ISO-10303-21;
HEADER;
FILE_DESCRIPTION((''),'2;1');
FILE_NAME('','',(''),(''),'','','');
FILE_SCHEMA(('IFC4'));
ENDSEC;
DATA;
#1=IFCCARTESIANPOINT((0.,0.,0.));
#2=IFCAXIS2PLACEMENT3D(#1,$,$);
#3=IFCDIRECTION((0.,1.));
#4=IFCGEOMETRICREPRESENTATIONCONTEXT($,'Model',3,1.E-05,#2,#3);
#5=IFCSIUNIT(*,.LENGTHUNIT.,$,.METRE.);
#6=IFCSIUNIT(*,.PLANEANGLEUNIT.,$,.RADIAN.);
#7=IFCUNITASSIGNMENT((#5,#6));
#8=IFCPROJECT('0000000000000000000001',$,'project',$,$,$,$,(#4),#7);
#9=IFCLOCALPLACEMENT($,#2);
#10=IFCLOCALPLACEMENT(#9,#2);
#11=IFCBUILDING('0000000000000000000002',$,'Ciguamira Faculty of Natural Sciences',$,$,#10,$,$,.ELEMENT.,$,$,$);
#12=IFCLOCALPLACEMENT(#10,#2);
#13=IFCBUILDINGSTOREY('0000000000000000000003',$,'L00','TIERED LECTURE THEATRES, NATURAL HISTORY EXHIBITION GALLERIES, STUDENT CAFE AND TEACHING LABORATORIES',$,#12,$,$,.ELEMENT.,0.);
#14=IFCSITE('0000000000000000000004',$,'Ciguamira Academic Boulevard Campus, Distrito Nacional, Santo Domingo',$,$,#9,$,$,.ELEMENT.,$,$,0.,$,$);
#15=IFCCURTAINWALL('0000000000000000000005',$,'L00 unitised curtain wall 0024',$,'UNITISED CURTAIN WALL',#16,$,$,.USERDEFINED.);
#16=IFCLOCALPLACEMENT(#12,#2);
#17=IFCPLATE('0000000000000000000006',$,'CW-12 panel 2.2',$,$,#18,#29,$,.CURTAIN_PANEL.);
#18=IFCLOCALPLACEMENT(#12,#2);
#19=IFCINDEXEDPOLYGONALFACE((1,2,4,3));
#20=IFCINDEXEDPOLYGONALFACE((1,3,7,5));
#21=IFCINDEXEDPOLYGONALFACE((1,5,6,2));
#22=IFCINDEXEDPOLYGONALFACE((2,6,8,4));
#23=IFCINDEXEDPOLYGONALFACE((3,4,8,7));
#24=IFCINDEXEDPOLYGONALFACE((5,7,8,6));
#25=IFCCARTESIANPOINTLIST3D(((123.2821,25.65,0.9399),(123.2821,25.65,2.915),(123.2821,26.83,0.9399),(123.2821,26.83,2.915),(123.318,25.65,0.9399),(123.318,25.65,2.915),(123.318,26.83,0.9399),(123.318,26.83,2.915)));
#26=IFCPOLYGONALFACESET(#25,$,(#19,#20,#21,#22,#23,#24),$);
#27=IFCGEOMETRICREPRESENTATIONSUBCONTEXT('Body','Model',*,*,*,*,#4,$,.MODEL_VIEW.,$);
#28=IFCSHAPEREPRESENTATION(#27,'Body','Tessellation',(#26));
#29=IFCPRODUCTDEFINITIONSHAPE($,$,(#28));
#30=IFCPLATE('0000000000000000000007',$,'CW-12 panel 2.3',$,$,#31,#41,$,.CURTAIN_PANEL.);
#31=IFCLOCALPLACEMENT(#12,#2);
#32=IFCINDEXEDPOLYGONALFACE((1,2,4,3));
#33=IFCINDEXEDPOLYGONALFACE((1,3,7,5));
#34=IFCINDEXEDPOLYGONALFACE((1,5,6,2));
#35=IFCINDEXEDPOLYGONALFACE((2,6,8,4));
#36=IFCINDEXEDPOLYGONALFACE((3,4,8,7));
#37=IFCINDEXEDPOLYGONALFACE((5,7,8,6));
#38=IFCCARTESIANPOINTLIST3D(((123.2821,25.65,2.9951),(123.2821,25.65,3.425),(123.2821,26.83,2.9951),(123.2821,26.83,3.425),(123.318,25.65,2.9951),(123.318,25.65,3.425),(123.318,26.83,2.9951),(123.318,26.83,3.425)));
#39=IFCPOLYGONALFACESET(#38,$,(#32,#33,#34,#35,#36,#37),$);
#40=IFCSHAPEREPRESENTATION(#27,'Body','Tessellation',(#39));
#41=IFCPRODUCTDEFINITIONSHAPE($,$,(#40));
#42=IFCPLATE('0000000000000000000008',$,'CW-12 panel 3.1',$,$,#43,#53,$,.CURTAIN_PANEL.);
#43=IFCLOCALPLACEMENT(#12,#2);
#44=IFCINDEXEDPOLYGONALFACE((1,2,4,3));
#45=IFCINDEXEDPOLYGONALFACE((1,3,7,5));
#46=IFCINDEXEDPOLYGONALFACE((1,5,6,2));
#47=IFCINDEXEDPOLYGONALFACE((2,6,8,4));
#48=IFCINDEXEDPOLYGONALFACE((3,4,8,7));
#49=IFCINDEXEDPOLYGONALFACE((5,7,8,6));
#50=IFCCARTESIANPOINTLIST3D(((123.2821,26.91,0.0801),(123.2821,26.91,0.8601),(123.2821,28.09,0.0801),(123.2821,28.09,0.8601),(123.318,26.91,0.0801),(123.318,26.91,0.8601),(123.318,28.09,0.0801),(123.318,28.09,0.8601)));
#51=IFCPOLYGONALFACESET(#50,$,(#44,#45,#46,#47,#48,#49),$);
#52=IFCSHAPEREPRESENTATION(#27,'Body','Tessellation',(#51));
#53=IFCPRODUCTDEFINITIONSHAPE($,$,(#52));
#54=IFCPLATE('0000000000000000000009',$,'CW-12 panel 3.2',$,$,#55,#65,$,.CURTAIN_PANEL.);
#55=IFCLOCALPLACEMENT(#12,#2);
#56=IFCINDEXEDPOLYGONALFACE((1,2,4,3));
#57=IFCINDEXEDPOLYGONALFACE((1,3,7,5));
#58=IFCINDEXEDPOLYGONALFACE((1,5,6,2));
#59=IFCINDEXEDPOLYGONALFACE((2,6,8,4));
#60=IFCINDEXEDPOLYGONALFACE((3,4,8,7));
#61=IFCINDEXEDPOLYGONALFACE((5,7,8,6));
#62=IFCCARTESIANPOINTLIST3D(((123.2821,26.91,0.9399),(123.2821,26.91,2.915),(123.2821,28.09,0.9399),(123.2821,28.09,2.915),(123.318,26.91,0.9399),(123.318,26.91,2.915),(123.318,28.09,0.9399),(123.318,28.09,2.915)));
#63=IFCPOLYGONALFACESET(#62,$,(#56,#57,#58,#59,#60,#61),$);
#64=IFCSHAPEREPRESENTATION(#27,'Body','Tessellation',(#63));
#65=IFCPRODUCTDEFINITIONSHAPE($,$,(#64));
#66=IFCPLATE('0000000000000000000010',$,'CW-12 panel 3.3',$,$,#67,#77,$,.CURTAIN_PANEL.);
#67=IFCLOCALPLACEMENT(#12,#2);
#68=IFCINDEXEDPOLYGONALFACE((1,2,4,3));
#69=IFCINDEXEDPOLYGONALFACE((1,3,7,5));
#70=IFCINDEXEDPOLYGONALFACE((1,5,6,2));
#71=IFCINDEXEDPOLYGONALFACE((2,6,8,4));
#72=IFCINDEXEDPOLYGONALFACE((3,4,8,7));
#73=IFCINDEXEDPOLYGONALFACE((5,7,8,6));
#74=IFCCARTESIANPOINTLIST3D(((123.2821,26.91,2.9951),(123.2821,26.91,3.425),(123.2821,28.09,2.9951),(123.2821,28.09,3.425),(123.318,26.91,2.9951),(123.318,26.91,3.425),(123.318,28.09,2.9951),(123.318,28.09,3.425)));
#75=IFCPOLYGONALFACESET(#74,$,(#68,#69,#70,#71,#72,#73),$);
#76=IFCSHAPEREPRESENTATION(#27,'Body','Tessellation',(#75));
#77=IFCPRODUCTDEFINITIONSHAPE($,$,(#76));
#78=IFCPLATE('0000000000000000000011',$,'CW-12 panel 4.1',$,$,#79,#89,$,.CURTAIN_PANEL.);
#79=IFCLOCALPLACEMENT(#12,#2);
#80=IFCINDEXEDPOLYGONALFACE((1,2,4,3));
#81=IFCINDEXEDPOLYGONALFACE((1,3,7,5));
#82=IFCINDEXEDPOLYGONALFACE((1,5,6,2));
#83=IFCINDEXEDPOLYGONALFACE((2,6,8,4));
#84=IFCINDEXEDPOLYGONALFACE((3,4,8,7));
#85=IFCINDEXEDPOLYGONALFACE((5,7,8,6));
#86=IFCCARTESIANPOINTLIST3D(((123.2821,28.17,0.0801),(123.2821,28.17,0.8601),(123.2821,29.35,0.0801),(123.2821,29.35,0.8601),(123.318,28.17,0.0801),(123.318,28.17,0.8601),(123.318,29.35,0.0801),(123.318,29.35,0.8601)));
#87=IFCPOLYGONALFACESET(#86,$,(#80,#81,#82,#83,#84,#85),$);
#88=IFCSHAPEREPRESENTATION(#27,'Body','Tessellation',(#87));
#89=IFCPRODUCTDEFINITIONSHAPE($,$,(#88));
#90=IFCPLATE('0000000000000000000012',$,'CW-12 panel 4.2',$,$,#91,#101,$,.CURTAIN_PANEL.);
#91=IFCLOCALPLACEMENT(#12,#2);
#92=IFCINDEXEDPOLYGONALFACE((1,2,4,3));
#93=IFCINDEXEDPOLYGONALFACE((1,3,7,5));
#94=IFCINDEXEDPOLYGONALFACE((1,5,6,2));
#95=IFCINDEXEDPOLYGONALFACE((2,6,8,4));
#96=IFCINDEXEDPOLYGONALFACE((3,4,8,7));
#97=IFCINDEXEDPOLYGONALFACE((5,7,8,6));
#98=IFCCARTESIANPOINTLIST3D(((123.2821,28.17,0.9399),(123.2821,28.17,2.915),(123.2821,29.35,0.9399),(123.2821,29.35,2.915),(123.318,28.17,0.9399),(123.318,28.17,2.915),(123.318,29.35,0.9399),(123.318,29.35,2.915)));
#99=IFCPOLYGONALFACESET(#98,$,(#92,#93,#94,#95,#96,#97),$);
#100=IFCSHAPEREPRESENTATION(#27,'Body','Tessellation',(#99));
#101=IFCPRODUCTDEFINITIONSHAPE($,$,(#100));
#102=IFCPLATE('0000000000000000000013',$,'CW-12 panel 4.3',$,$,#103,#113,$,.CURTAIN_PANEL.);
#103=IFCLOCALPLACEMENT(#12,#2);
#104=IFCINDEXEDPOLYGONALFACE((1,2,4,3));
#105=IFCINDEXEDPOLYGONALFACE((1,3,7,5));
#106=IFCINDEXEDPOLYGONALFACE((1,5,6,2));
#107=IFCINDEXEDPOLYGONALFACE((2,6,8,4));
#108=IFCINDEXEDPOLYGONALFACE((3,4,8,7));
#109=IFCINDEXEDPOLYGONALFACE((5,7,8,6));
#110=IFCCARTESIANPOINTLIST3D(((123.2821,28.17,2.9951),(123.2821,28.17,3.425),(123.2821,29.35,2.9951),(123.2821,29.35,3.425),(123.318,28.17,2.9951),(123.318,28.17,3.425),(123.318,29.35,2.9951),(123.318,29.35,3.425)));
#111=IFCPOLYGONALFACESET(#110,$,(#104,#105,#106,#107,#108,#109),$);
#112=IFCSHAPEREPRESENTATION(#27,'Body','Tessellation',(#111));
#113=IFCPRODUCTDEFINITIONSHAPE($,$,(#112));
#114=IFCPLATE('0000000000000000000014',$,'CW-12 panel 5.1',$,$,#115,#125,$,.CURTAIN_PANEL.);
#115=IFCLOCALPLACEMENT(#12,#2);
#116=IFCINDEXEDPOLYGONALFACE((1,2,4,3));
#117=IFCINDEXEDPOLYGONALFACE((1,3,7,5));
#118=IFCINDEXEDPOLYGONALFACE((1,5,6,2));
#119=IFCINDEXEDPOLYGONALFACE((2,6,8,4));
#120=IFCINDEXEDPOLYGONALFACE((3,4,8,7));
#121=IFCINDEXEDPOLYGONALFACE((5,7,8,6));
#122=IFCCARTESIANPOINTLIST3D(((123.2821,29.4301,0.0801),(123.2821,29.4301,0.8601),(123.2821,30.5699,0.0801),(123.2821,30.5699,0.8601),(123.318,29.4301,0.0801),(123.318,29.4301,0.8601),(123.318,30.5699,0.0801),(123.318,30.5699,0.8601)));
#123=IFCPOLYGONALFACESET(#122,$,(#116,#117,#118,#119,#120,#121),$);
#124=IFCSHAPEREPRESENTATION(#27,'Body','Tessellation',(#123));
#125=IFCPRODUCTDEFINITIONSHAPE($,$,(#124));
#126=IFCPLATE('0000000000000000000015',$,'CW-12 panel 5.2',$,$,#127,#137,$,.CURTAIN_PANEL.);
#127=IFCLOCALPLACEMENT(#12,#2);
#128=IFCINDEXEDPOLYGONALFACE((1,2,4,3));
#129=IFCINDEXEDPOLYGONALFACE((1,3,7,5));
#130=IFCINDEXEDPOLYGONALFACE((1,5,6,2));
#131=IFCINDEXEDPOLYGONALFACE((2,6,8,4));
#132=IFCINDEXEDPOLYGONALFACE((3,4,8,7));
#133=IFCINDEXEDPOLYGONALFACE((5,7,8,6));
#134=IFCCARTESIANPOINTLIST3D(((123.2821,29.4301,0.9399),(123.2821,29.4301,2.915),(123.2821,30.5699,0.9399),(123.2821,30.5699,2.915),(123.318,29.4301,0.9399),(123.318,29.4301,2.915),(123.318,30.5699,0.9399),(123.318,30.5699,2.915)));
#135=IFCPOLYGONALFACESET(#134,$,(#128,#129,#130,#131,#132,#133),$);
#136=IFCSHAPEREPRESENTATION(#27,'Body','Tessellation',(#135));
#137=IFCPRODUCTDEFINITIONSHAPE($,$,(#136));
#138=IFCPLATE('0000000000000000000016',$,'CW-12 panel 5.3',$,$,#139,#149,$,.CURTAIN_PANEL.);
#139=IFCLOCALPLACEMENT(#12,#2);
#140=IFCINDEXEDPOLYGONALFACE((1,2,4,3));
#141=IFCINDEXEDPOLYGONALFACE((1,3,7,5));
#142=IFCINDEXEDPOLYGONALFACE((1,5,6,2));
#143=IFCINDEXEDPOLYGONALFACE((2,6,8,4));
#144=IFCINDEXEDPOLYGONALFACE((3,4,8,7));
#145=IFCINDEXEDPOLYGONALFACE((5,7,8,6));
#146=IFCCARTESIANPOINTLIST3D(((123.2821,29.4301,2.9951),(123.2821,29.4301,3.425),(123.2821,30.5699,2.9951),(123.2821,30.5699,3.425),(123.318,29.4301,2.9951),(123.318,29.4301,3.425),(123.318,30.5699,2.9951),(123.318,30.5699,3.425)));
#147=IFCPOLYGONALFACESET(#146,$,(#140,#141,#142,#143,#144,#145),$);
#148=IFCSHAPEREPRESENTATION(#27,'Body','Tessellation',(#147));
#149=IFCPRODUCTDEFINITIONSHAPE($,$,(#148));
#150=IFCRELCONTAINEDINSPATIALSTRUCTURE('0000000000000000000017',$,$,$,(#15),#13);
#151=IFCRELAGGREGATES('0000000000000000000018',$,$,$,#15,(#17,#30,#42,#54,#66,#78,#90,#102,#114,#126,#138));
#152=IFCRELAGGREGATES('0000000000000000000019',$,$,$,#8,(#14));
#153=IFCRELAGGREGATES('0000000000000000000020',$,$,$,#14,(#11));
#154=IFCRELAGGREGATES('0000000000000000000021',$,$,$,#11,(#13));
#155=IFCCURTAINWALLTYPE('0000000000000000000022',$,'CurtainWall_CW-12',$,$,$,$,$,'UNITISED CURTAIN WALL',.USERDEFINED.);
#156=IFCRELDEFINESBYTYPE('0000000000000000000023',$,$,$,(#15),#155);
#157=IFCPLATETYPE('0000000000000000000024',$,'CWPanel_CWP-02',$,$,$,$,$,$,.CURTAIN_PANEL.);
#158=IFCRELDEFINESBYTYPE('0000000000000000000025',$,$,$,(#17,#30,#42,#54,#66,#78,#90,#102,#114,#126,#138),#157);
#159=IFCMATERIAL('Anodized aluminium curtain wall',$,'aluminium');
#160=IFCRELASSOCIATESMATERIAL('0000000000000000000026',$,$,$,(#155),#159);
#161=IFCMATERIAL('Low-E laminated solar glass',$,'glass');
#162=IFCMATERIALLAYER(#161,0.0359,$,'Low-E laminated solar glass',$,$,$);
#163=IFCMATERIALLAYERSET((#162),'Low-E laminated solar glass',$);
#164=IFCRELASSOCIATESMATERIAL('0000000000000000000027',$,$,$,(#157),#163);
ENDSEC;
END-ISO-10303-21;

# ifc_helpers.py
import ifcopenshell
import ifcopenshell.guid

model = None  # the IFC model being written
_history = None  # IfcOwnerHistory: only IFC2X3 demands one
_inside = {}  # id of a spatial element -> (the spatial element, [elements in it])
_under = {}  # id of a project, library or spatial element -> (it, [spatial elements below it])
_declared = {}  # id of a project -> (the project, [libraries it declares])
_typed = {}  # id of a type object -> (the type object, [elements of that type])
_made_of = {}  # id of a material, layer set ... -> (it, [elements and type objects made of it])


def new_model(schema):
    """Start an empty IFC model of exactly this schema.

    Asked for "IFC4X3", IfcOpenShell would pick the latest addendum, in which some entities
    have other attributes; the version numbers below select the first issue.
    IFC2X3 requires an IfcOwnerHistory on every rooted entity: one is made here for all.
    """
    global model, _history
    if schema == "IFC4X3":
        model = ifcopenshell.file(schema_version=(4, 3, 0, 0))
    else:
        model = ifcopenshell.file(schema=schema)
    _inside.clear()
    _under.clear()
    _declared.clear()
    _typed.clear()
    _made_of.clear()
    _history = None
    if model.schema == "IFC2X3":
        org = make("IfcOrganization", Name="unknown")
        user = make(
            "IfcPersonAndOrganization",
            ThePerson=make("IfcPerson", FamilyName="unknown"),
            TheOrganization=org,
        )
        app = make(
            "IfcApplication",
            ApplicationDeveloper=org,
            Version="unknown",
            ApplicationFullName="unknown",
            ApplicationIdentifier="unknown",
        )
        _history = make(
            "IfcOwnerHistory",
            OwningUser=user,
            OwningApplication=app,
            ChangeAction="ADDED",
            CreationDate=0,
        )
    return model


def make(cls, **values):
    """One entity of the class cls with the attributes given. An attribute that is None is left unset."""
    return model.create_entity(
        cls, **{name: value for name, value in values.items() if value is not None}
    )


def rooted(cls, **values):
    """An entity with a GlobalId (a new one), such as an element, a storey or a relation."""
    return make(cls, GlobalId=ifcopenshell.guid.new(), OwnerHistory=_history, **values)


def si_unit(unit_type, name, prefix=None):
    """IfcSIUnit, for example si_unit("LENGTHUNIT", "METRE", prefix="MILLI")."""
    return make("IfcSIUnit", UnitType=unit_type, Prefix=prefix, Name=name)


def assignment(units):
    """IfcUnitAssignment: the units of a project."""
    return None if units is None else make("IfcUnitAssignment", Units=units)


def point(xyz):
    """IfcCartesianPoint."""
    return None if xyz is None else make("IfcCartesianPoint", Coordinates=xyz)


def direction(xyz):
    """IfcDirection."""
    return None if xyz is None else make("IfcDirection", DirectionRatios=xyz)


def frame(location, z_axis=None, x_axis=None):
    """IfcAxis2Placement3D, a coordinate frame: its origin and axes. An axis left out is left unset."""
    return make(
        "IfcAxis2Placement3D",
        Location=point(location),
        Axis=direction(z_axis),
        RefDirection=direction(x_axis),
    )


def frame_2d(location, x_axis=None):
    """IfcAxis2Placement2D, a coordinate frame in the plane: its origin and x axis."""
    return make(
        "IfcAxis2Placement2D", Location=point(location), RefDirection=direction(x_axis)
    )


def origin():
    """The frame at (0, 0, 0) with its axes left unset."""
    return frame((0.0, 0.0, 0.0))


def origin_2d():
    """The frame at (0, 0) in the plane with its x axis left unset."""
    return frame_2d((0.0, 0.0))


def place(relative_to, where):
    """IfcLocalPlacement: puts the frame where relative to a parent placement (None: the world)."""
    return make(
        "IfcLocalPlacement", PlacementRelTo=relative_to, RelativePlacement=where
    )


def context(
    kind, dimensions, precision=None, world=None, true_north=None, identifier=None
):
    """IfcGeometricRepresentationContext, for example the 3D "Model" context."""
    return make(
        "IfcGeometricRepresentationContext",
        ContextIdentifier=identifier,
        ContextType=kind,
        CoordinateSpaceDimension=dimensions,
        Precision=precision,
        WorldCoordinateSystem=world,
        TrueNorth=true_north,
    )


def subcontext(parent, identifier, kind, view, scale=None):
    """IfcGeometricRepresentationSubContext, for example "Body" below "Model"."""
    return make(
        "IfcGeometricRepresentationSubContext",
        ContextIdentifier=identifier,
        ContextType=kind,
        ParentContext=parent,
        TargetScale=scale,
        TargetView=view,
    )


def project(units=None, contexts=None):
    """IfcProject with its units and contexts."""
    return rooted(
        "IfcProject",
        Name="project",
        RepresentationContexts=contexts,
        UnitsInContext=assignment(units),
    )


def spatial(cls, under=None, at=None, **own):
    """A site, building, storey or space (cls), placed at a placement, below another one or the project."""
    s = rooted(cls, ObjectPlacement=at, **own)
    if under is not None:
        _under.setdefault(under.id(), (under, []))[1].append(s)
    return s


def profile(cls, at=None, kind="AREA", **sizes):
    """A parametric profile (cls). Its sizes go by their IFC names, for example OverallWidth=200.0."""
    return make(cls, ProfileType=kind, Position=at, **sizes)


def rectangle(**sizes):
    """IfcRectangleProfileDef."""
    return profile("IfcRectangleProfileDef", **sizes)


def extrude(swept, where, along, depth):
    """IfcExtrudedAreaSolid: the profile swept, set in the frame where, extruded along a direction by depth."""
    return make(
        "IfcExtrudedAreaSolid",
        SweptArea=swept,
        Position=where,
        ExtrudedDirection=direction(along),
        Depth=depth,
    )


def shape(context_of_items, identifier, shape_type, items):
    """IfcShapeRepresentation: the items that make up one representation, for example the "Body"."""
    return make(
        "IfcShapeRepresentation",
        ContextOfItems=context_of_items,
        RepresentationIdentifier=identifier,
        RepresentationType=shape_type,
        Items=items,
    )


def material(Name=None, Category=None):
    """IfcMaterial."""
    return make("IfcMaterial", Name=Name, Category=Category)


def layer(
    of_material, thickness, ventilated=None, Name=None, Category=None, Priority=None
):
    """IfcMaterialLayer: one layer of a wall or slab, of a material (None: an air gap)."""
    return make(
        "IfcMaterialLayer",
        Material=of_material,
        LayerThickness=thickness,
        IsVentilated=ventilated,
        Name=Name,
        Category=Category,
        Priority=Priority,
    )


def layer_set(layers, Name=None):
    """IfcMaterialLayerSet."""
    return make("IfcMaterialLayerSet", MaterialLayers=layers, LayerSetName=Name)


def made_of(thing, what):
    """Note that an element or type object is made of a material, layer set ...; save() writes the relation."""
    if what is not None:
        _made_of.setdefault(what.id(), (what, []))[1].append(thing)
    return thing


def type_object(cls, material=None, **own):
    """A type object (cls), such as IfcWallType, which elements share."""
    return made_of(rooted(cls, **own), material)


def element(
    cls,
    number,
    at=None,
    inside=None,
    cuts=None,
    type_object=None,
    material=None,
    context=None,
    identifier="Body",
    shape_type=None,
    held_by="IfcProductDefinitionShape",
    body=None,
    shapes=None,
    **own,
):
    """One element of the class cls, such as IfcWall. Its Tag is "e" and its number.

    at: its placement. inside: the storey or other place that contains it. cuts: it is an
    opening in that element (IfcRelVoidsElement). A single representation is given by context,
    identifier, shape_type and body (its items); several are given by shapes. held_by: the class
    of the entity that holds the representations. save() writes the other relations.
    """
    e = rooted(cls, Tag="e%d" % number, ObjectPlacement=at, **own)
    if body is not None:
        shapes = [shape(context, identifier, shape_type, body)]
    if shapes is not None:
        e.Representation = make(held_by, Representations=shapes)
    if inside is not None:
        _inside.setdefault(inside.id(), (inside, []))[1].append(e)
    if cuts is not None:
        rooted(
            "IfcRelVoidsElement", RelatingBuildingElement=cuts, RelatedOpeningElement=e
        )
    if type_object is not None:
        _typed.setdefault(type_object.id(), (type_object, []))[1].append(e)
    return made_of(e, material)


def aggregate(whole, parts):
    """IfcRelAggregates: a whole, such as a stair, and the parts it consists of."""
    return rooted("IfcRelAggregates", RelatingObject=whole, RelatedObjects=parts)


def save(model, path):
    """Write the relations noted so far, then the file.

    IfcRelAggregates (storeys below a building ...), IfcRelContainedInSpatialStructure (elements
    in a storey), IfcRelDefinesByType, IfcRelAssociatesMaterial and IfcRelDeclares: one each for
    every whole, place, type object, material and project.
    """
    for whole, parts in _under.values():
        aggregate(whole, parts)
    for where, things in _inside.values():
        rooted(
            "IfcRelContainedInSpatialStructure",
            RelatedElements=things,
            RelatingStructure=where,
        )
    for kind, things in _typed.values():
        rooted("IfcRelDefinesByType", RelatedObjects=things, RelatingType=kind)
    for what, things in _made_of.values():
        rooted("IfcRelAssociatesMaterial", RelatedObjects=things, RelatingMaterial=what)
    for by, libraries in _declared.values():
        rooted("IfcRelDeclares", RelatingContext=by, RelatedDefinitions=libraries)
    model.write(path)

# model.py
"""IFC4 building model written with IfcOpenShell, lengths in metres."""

from ifc_helpers import new_model, si_unit, direction, frame, origin, origin_2d, place, context, subcontext, project, spatial, rectangle, extrude, material, layer, layer_set, type_object, element, aggregate, save


model = new_model("IFC4")

# Units and contexts
model_context = context("Model", 3, precision=1e-05, world=origin(), true_north=direction((0.0, 1.0)))
body_context = subcontext(model_context, "Body", "Model", "MODEL_VIEW")
ifc_project = project(units=[si_unit("LENGTHUNIT", "METRE"), si_unit("PLANEANGLEUNIT", "RADIAN")], contexts=[model_context])

# Site, building, storey
site_placement = place(None, origin())
site = spatial("IfcSite", under=ifc_project, at=site_placement, Name="Ciguamira Academic Boulevard Campus, Distrito Nacional, Santo Domingo", CompositionType="ELEMENT", RefElevation=0.0)
building_placement = place(site_placement, origin())
building = spatial("IfcBuilding", under=site, at=building_placement, Name="Ciguamira Faculty of Natural Sciences", CompositionType="ELEMENT")
storey_placement = place(building_placement, origin())
storey = spatial("IfcBuildingStorey", under=building, at=storey_placement, Name="L00", Description="TIERED LECTURE THEATRES, NATURAL HISTORY EXHIBITION GALLERIES, STUDENT CAFE AND TEACHING LABORATORIES", CompositionType="ELEMENT", Elevation=0.0)

# Curtain wall
ifc_material_1 = material(Name="Anodized aluminium curtain wall", Category="aluminium")
curtain_wall_type = type_object("IfcCurtainWallType", Name="CurtainWall_CW-12", ElementType="UNITISED CURTAIN WALL", PredefinedType="USERDEFINED", material=ifc_material_1)
curtain_wall_placement = place(storey_placement, origin())
curtain_wall = element("IfcCurtainWall", 1, at=curtain_wall_placement, inside=storey, type_object=curtain_wall_type, Name="L00 unitised curtain wall 0024", ObjectType="UNITISED CURTAIN WALL", PredefinedType="USERDEFINED")

# Plates
ifc_material_2 = material(Name="Low-E laminated solar glass", Category="glass")
ifc_layer = layer(ifc_material_2, 0.0359, Name="Low-E laminated solar glass")
ifc_layer_set = layer_set([ifc_layer], Name="Low-E laminated solar glass")
plate_type = type_object("IfcPlateType", Name="CWPanel_CWP-02", PredefinedType="CURTAIN_PANEL", material=ifc_layer_set)
plate_1_placement = place(storey_placement, frame((123.3, 26.24, 0.9399), z_axis=(0.0, 0.0, 1.0), x_axis=(0.0, 1.0, 0.0)))
plate_1 = element("IfcPlate", 2, at=plate_1_placement, type_object=plate_type, Name="CW-12 panel 2.2", PredefinedType="CURTAIN_PANEL", context=body_context, shape_type="SweptSolid", body=[
    extrude(rectangle(XDim=1.1799, YDim=0.0359, at=origin_2d()), origin(), (0.0, 0.0, 1.0), 1.9751),
])
plate_2_placement = place(storey_placement, frame((123.3, 26.24, 2.9951), z_axis=(0.0, 0.0, 1.0), x_axis=(0.0, 1.0, 0.0)))
plate_2 = element("IfcPlate", 3, at=plate_2_placement, type_object=plate_type, Name="CW-12 panel 2.3", PredefinedType="CURTAIN_PANEL", context=body_context, shape_type="SweptSolid", body=[
    extrude(rectangle(XDim=1.1799, YDim=0.0359, at=origin_2d()), origin(), (0.0, 0.0, 1.0), 0.4299),
])
plate_3_placement = place(storey_placement, frame((123.3, 27.5, 0.0801), z_axis=(0.0, 0.0, 1.0), x_axis=(0.0, 1.0, 0.0)))
plate_3 = element("IfcPlate", 4, at=plate_3_placement, type_object=plate_type, Name="CW-12 panel 3.1", PredefinedType="CURTAIN_PANEL", context=body_context, shape_type="SweptSolid", body=[
    extrude(rectangle(XDim=1.1799, YDim=0.0359, at=origin_2d()), origin(), (0.0, 0.0, 1.0), 0.78),
])
plate_4_placement = place(storey_placement, frame((123.3, 27.5, 0.9399), z_axis=(0.0, 0.0, 1.0), x_axis=(0.0, 1.0, 0.0)))
plate_4 = element("IfcPlate", 5, at=plate_4_placement, type_object=plate_type, Name="CW-12 panel 3.2", PredefinedType="CURTAIN_PANEL", context=body_context, shape_type="SweptSolid", body=[
    extrude(rectangle(XDim=1.1799, YDim=0.0359, at=origin_2d()), origin(), (0.0, 0.0, 1.0), 1.9751),
])
plate_5_placement = place(storey_placement, frame((123.3, 27.5, 2.9951), z_axis=(0.0, 0.0, 1.0), x_axis=(0.0, 1.0, 0.0)))
plate_5 = element("IfcPlate", 6, at=plate_5_placement, type_object=plate_type, Name="CW-12 panel 3.3", PredefinedType="CURTAIN_PANEL", context=body_context, shape_type="SweptSolid", body=[
    extrude(rectangle(XDim=1.1799, YDim=0.0359, at=origin_2d()), origin(), (0.0, 0.0, 1.0), 0.4299),
])
plate_6_placement = place(storey_placement, frame((123.3, 28.76, 0.0801), z_axis=(0.0, 0.0, 1.0), x_axis=(0.0, 1.0, 0.0)))
plate_6 = element("IfcPlate", 7, at=plate_6_placement, type_object=plate_type, Name="CW-12 panel 4.1", PredefinedType="CURTAIN_PANEL", context=body_context, shape_type="SweptSolid", body=[
    extrude(rectangle(XDim=1.1799, YDim=0.0359, at=origin_2d()), origin(), (0.0, 0.0, 1.0), 0.78),
])
plate_7_placement = place(storey_placement, frame((123.3, 28.76, 0.9399), z_axis=(0.0, 0.0, 1.0), x_axis=(0.0, 1.0, 0.0)))
plate_7 = element("IfcPlate", 8, at=plate_7_placement, type_object=plate_type, Name="CW-12 panel 4.2", PredefinedType="CURTAIN_PANEL", context=body_context, shape_type="SweptSolid", body=[
    extrude(rectangle(XDim=1.1799, YDim=0.0359, at=origin_2d()), origin(), (0.0, 0.0, 1.0), 1.9751),
])
plate_8_placement = place(storey_placement, frame((123.3, 28.76, 2.9951), z_axis=(0.0, 0.0, 1.0), x_axis=(0.0, 1.0, 0.0)))
plate_8 = element("IfcPlate", 9, at=plate_8_placement, type_object=plate_type, Name="CW-12 panel 4.3", PredefinedType="CURTAIN_PANEL", context=body_context, shape_type="SweptSolid", body=[
    extrude(rectangle(XDim=1.1799, YDim=0.0359, at=origin_2d()), origin(), (0.0, 0.0, 1.0), 0.4299),
])
plate_9_placement = place(storey_placement, frame((123.3, 30.0, 0.0801), z_axis=(0.0, 0.0, 1.0), x_axis=(0.0, 1.0, 0.0)))
plate_9 = element("IfcPlate", 10, at=plate_9_placement, type_object=plate_type, Name="CW-12 panel 5.1", PredefinedType="CURTAIN_PANEL", context=body_context, shape_type="SweptSolid", body=[
    extrude(rectangle(XDim=1.1399, YDim=0.0359, at=origin_2d()), origin(), (0.0, 0.0, 1.0), 0.78),
])
plate_10_placement = place(storey_placement, frame((123.3, 30.0, 0.9399), z_axis=(0.0, 0.0, 1.0), x_axis=(0.0, 1.0, 0.0)))
plate_10 = element("IfcPlate", 11, at=plate_10_placement, type_object=plate_type, Name="CW-12 panel 5.2", PredefinedType="CURTAIN_PANEL", context=body_context, shape_type="SweptSolid", body=[
    extrude(rectangle(XDim=1.1399, YDim=0.0359, at=origin_2d()), origin(), (0.0, 0.0, 1.0), 1.9751),
])
plate_11_placement = place(storey_placement, frame((123.3, 30.0, 2.9951), z_axis=(0.0, 0.0, 1.0), x_axis=(0.0, 1.0, 0.0)))
plate_11 = element("IfcPlate", 12, at=plate_11_placement, type_object=plate_type, Name="CW-12 panel 5.3", PredefinedType="CURTAIN_PANEL", context=body_context, shape_type="SweptSolid", body=[
    extrude(rectangle(XDim=1.1399, YDim=0.0359, at=origin_2d()), origin(), (0.0, 0.0, 1.0), 0.4299),
])
aggregate(curtain_wall, [plate_1, plate_2, plate_3, plate_4, plate_5, plate_6, plate_7, plate_8, plate_9, plate_10, plate_11])

save(model, "model.ifc")
